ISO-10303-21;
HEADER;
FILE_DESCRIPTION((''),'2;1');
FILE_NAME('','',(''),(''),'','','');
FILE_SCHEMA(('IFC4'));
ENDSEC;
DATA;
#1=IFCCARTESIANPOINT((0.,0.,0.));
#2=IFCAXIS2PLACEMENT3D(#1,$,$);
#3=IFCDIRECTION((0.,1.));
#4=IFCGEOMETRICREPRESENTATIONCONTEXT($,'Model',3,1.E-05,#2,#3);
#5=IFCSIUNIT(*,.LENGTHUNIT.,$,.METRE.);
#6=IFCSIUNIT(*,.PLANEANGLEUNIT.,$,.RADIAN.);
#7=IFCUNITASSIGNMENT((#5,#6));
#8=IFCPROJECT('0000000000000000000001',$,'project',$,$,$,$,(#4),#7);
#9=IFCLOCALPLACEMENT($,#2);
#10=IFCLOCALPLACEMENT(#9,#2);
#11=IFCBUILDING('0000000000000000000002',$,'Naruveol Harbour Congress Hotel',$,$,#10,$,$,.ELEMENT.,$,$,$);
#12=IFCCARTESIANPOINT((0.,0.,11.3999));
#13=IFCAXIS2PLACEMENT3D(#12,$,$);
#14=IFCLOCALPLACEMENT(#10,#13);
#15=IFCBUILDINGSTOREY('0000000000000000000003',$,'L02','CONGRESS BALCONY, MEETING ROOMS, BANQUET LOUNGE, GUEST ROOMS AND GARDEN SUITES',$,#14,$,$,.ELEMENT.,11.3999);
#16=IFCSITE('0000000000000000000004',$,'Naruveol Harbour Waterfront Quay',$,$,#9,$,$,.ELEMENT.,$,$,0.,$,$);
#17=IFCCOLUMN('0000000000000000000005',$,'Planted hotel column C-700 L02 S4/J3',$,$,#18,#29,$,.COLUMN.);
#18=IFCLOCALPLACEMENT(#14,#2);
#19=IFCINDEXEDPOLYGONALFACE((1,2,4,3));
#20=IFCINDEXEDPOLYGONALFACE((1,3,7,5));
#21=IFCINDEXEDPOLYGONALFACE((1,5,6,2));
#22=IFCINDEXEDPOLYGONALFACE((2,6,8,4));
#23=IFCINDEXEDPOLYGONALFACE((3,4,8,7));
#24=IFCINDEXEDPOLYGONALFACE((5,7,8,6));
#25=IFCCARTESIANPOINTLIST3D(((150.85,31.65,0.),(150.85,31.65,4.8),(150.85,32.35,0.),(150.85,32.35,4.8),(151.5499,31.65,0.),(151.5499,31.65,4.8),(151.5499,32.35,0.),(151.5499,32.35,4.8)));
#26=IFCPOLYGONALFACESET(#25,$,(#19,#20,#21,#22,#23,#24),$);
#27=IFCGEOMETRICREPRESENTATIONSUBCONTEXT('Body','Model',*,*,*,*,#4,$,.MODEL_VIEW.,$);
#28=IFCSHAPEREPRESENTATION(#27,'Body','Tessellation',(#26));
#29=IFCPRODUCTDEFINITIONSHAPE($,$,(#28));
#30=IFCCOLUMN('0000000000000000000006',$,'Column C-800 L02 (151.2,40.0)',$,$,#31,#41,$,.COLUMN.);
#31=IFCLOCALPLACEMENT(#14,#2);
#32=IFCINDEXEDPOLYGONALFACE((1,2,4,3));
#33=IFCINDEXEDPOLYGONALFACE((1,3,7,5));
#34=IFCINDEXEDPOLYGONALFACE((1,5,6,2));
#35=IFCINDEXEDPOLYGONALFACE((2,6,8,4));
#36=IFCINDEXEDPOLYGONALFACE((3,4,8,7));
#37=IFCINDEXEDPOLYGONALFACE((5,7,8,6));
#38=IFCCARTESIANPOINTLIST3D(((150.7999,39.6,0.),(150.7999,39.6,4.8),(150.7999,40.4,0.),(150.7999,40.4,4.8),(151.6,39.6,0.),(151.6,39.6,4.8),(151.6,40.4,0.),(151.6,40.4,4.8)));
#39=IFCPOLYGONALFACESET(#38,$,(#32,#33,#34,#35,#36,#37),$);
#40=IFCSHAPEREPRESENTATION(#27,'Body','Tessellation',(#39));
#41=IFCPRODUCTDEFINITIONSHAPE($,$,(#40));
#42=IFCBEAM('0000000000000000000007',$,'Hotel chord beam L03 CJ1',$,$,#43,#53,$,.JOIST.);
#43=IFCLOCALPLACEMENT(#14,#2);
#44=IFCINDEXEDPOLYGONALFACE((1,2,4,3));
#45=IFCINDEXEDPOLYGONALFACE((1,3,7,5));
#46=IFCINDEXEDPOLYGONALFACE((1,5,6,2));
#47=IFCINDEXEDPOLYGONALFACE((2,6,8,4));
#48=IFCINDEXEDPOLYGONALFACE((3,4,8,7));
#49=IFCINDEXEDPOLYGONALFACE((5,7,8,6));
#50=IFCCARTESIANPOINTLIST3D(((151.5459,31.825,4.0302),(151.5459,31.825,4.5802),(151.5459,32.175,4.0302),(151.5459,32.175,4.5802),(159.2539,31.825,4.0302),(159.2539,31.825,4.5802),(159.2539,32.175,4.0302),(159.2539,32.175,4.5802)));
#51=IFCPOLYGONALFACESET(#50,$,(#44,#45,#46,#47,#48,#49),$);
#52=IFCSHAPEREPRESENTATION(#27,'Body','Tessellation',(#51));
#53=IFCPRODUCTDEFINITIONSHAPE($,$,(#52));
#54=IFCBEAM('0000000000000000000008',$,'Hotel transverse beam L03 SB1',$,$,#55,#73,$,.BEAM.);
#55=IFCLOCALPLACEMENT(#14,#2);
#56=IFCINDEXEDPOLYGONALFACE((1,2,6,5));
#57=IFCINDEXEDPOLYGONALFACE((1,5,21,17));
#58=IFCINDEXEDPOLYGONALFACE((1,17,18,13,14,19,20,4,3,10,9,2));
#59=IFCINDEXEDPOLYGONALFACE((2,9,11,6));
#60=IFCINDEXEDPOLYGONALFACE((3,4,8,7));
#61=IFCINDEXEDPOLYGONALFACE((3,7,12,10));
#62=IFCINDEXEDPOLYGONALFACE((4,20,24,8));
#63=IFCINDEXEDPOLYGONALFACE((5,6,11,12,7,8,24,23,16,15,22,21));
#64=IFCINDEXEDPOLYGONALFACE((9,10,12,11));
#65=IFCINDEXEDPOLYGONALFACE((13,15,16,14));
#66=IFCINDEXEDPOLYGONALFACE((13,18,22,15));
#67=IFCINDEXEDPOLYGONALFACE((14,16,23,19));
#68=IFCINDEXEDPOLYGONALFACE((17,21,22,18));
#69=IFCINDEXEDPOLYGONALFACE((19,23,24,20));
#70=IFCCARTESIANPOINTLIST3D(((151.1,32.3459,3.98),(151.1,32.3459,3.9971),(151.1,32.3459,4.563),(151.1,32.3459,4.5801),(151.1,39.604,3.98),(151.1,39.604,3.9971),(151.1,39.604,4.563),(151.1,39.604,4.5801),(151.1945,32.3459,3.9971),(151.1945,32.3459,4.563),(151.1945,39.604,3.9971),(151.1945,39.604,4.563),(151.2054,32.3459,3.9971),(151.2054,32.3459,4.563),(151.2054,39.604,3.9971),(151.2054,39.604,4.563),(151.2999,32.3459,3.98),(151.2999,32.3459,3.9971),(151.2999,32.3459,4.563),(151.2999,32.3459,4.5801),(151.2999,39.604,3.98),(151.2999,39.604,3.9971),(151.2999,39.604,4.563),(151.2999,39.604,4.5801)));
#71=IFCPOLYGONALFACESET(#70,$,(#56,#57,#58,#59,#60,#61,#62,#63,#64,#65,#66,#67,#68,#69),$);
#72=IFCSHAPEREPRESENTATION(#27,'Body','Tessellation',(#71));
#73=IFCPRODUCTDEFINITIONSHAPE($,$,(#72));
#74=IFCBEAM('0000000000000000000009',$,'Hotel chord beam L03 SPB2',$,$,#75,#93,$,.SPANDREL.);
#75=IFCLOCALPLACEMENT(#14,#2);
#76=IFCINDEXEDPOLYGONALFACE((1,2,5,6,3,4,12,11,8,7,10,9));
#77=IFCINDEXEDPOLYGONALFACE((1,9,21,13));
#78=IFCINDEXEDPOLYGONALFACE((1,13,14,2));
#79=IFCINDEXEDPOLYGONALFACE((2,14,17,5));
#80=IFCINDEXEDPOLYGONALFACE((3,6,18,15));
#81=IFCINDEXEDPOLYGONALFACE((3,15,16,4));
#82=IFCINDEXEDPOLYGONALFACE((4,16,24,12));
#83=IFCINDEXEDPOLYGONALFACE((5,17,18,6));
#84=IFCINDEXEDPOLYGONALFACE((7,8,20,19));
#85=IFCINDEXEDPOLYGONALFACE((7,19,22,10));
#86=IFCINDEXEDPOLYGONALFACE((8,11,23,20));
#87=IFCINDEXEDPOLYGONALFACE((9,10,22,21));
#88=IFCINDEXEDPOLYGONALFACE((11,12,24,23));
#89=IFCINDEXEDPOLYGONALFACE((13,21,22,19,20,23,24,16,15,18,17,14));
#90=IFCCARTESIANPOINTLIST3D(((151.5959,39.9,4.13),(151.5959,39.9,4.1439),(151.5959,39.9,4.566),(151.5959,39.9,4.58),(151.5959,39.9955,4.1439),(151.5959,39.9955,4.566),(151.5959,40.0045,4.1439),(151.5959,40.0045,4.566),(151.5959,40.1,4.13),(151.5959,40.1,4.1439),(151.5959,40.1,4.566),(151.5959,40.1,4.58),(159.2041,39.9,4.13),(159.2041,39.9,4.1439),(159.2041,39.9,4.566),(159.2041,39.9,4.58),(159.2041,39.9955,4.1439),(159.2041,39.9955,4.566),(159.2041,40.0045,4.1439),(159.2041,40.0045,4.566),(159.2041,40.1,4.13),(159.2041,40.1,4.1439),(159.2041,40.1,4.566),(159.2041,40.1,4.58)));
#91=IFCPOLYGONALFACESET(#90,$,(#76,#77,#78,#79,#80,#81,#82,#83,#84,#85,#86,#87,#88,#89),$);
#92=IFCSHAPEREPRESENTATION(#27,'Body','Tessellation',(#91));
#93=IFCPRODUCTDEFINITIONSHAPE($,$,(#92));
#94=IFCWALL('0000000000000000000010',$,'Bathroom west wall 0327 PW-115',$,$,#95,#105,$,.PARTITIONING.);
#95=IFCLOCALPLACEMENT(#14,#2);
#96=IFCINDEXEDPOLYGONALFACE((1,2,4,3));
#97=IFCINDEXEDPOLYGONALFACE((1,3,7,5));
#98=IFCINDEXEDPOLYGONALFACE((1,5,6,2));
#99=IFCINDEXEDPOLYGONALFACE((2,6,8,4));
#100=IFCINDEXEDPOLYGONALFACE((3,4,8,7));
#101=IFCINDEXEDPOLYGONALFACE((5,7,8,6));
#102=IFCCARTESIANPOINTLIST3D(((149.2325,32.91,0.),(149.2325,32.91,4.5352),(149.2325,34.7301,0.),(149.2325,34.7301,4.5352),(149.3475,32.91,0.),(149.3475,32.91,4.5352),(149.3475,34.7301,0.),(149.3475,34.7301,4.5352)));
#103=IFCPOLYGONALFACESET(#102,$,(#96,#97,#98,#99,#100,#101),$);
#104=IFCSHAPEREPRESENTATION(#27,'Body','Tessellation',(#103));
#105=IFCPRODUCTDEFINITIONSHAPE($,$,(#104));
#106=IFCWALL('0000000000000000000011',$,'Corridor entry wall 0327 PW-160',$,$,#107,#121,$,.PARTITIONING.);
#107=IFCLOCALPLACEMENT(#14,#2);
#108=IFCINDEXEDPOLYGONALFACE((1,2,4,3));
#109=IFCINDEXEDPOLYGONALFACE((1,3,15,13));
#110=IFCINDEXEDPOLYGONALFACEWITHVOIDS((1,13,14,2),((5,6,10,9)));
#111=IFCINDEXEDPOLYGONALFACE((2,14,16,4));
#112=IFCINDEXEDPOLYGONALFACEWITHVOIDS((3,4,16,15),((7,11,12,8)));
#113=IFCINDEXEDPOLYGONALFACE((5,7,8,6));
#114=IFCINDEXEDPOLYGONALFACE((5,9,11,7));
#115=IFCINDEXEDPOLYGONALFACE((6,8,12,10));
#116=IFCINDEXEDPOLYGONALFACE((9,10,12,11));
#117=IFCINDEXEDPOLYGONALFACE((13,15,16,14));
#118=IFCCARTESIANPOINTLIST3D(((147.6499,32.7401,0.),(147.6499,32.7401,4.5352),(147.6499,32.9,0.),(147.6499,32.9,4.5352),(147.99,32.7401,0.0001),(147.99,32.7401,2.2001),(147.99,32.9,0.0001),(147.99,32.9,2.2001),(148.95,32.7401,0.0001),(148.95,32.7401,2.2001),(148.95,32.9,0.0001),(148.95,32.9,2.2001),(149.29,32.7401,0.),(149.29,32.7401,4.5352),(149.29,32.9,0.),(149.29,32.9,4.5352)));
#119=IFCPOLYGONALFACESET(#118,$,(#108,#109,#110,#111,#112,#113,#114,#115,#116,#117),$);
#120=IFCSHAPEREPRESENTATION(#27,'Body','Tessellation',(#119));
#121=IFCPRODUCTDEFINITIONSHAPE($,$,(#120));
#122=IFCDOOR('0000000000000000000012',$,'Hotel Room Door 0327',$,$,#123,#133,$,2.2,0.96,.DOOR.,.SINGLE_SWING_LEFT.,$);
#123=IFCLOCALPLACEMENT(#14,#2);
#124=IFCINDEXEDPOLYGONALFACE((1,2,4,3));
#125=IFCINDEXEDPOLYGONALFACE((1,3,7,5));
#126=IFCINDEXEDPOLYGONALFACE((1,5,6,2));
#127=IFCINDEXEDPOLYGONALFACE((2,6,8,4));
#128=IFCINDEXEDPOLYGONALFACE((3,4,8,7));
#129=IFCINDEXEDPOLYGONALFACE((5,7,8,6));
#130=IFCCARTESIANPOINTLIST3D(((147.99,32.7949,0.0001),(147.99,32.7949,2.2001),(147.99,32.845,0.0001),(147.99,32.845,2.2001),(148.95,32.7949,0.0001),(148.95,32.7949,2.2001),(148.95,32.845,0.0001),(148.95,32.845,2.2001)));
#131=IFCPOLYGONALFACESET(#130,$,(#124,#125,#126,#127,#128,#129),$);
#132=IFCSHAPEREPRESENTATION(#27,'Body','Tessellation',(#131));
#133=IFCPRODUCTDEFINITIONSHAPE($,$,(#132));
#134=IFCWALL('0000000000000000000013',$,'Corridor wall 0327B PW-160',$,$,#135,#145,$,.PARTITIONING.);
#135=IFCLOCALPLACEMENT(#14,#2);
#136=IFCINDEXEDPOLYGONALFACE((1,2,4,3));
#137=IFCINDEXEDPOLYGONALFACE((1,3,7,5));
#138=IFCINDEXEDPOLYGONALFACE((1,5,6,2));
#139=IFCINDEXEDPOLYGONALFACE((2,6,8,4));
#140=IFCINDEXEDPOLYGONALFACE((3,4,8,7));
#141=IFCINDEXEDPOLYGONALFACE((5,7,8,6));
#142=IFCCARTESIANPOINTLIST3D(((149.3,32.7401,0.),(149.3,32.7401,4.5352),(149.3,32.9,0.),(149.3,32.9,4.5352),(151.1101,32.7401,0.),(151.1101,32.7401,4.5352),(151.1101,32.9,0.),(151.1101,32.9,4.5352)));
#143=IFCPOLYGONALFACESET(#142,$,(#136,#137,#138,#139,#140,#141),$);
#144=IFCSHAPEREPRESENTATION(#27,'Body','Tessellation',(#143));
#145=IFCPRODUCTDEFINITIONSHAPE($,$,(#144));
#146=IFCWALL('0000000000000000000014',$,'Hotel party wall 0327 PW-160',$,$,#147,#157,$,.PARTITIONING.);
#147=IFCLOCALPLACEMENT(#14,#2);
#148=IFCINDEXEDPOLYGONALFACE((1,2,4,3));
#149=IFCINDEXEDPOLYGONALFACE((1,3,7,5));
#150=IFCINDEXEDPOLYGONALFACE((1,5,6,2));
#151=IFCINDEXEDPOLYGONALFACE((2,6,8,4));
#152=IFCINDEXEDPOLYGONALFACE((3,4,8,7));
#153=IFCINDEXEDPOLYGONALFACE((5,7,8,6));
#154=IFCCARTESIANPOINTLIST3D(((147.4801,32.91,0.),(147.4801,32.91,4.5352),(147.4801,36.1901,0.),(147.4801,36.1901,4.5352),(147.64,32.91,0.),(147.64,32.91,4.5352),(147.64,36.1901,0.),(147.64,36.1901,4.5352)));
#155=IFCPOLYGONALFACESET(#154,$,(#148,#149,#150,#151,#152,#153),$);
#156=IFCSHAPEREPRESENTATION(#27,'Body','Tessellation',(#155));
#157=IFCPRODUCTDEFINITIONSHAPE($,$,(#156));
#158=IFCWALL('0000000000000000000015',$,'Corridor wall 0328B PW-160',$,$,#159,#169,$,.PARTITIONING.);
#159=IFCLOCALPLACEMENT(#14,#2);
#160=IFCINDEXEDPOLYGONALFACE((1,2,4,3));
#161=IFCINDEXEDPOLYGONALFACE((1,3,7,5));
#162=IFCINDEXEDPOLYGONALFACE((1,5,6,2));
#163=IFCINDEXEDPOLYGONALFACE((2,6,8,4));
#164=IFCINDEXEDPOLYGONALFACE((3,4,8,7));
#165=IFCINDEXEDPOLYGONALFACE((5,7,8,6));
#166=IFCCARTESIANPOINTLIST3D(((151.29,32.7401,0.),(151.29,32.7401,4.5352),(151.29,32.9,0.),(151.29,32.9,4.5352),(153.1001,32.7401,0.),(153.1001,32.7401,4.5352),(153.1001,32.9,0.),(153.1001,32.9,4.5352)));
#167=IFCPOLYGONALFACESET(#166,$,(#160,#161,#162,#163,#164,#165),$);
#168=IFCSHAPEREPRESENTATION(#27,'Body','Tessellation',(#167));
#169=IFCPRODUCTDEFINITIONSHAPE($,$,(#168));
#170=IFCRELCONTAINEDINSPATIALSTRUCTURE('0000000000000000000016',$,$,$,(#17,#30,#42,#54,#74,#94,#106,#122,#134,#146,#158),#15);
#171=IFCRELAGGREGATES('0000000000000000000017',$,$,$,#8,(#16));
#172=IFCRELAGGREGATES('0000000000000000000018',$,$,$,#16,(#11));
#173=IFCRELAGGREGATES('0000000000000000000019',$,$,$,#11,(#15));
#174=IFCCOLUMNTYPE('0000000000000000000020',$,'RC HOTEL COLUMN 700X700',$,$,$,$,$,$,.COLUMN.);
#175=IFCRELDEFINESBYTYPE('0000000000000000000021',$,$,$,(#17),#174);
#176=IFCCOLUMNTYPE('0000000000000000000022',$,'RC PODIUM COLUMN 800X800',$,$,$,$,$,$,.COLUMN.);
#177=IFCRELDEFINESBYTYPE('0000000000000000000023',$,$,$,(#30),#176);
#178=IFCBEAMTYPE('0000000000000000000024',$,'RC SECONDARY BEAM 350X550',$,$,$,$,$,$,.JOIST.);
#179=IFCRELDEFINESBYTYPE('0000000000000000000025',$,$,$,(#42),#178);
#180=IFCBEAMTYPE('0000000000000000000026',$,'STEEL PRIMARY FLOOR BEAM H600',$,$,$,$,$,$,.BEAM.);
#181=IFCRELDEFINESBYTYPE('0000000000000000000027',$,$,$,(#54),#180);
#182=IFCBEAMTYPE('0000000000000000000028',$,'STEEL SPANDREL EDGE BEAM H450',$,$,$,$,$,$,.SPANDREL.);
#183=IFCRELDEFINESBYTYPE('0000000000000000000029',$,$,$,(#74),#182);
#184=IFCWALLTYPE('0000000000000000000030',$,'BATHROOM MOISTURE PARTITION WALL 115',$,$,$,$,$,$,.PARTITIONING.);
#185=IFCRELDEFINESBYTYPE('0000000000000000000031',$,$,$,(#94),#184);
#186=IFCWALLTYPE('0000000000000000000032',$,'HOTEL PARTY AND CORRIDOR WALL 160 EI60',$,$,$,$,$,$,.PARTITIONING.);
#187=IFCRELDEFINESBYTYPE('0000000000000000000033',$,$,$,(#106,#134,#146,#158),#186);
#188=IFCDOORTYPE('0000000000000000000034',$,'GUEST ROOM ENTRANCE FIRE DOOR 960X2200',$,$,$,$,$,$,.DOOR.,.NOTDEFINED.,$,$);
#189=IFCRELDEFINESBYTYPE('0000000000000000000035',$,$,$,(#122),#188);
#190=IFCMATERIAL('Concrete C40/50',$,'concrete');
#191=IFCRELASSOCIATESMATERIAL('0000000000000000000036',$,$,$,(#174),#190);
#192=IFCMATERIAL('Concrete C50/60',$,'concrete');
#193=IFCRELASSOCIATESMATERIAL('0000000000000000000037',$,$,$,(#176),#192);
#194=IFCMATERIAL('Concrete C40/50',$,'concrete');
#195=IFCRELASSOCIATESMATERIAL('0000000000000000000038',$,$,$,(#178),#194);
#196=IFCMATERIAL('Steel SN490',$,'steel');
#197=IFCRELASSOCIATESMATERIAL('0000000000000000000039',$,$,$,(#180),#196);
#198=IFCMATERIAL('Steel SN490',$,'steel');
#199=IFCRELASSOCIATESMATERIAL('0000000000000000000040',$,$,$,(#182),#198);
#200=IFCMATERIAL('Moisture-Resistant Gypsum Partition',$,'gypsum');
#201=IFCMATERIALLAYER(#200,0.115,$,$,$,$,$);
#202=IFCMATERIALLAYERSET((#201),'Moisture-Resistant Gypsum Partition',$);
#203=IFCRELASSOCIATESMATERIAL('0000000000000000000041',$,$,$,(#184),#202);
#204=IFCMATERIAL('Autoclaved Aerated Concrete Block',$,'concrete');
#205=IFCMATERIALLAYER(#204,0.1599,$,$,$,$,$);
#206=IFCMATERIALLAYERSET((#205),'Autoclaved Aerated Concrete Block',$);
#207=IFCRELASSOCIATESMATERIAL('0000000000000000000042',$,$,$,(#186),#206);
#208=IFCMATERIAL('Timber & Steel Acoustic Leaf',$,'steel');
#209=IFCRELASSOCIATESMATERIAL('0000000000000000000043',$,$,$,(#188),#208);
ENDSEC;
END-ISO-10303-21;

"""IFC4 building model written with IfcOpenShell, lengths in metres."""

from ifc_helpers import new_model, si_unit, direction, frame, frame_2d, origin, origin_2d, place, context, subcontext, project, spatial, rectangle, i_section, extrude, material, layer, layer_set, material_profile, profile_set, type_object, element, fill, save


model = new_model("IFC4")

# Units and contexts
model_context = context("Model", 3, precision=1e-05, world=origin(), true_north=direction((0.0, 1.0)))
body_context = subcontext(model_context, "Body", "Model", "MODEL_VIEW")
ifc_project = project(units=[si_unit("LENGTHUNIT", "METRE"), si_unit("PLANEANGLEUNIT", "RADIAN")], contexts=[model_context])

# Site, building, storey
site_placement = place(None, origin())
site = spatial("IfcSite", under=ifc_project, at=site_placement, Name="Naruveol Harbour Waterfront Quay", CompositionType="ELEMENT", RefElevation=0.0)
building_placement = place(site_placement, origin())
building = spatial("IfcBuilding", under=site, at=building_placement, Name="Naruveol Harbour Congress Hotel", CompositionType="ELEMENT")
storey_placement = place(building_placement, frame((0.0, 0.0, 11.3999)))
storey = spatial("IfcBuildingStorey", under=building, at=storey_placement, Name="L02", Description="CONGRESS BALCONY, MEETING ROOMS, BANQUET LOUNGE, GUEST ROOMS AND GARDEN SUITES", CompositionType="ELEMENT", Elevation=11.3999)

# Columns
ifc_material_1 = material(Name="Concrete C40/50", Category="concrete")
ifc_material_profile_1 = material_profile(ifc_material_1, rectangle(XDim=0.7, YDim=0.7, at=origin_2d()), Name="RC-700x700")
ifc_profile_set_1 = profile_set([ifc_material_profile_1], Name="Concrete C40/50")
column_type_1 = type_object("IfcColumnType", Name="RC HOTEL COLUMN 700X700", PredefinedType="COLUMN", material=ifc_profile_set_1)
column_1_placement = place(storey_placement, frame((151.2, 32.0, 0.0), z_axis=(0.0, 0.0, 1.0), x_axis=(1.0, 0.0, 0.0)))
element("IfcColumn", 1, at=column_1_placement, inside=storey, type_object=column_type_1, Name="Planted hotel column C-700 L02 S4/J3", PredefinedType="COLUMN", context=body_context, shape_type="SweptSolid", body=[
    extrude(rectangle(XDim=0.7, YDim=0.7, at=origin_2d()), origin(), (0.0, 0.0, 1.0), 4.8),
])
ifc_material_2 = material(Name="Concrete C50/60", Category="concrete")
ifc_material_profile_2 = material_profile(ifc_material_2, rectangle(XDim=0.8, YDim=0.8, at=origin_2d()), Name="RC-800x800")
ifc_profile_set_2 = profile_set([ifc_material_profile_2], Name="Concrete C50/60")
column_type_2 = type_object("IfcColumnType", Name="RC PODIUM COLUMN 800X800", PredefinedType="COLUMN", material=ifc_profile_set_2)
column_2_placement = place(storey_placement, frame((151.2, 40.0, 0.0), z_axis=(0.0, 0.0, 1.0), x_axis=(1.0, 0.0, 0.0)))
element("IfcColumn", 2, at=column_2_placement, inside=storey, type_object=column_type_2, Name="Column C-800 L02 (151.2,40.0)", PredefinedType="COLUMN", context=body_context, shape_type="SweptSolid", body=[
    extrude(rectangle(XDim=0.8, YDim=0.8, at=origin_2d()), origin(), (0.0, 0.0, 1.0), 4.8),
])

# Beams
ifc_material_3 = material(Name="Concrete C40/50", Category="concrete")
ifc_material_profile_3 = material_profile(ifc_material_3, rectangle(XDim=0.3501, YDim=0.55, at=origin_2d()), Name="RCB-350x550")
ifc_profile_set_3 = profile_set([ifc_material_profile_3], Name="Concrete C40/50")
beam_type_1 = type_object("IfcBeamType", Name="RC SECONDARY BEAM 350X550", PredefinedType="JOIST", material=ifc_profile_set_3)
beam_1_placement = place(storey_placement, frame((151.5459, 32.0, 4.3052), z_axis=(1.0, 0.0, 0.0), x_axis=(0.0, 1.0, 0.0)))
element("IfcBeam", 3, at=beam_1_placement, inside=storey, type_object=beam_type_1, Name="Hotel chord beam L03 CJ1", PredefinedType="JOIST", context=body_context, shape_type="SweptSolid", body=[
    extrude(rectangle(XDim=0.3501, YDim=0.55, at=origin_2d()), origin(), (0.0, 0.0, 1.0), 7.708),
])
ifc_material_4 = material(Name="Steel SN490", Category="steel")
ifc_material_profile_4 = material_profile(ifc_material_4, i_section(OverallWidth=0.2, OverallDepth=0.6001, WebThickness=0.011, FlangeThickness=0.0171, at=origin_2d()), Name="H-600x200x11x17")
ifc_profile_set_4 = profile_set([ifc_material_profile_4], Name="Steel SN490")
beam_type_2 = type_object("IfcBeamType", Name="STEEL PRIMARY FLOOR BEAM H600", PredefinedType="BEAM", material=ifc_profile_set_4)
beam_2_placement = place(storey_placement, frame((151.2, 32.3459, 4.28), z_axis=(0.0, 1.0, 0.0), x_axis=(-1.0, 0.0, 0.0)))
element("IfcBeam", 4, at=beam_2_placement, inside=storey, type_object=beam_type_2, Name="Hotel transverse beam L03 SB1", PredefinedType="BEAM", context=body_context, shape_type="SweptSolid", body=[
    extrude(i_section(OverallWidth=0.2, OverallDepth=0.6001, WebThickness=0.011, FlangeThickness=0.0171, at=origin_2d()), origin(), (0.0, 0.0, 1.0), 7.2581),
])
ifc_material_5 = material(Name="Steel SN490", Category="steel")
ifc_material_profile_5 = material_profile(ifc_material_5, i_section(OverallWidth=0.2, OverallDepth=0.45, WebThickness=0.009, FlangeThickness=0.0139, at=origin_2d()), Name="H-450x200x9x14")
ifc_profile_set_5 = profile_set([ifc_material_profile_5], Name="Steel SN490")
beam_type_3 = type_object("IfcBeamType", Name="STEEL SPANDREL EDGE BEAM H450", PredefinedType="SPANDREL", material=ifc_profile_set_5)
beam_3_placement = place(storey_placement, frame((151.5959, 40.0, 4.355), z_axis=(1.0, 0.0, 0.0), x_axis=(0.0, 1.0, 0.0)))
element("IfcBeam", 5, at=beam_3_placement, inside=storey, type_object=beam_type_3, Name="Hotel chord beam L03 SPB2", PredefinedType="SPANDREL", context=body_context, shape_type="SweptSolid", body=[
    extrude(i_section(OverallWidth=0.2, OverallDepth=0.45, WebThickness=0.009, FlangeThickness=0.0139, at=origin_2d()), origin(), (0.0, 0.0, 1.0), 7.6082),
])

# Wall
ifc_material_6 = material(Name="Moisture-Resistant Gypsum Partition", Category="gypsum")
ifc_layer_1 = layer(ifc_material_6, 0.115)
ifc_layer_set_1 = layer_set([ifc_layer_1], Name="Moisture-Resistant Gypsum Partition")
wall_type_1 = type_object("IfcWallType", Name="BATHROOM MOISTURE PARTITION WALL 115", PredefinedType="PARTITIONING", material=ifc_layer_set_1)
wall_1_placement = place(storey_placement, frame((149.29, 32.9099, 0.0), z_axis=(0.0, 0.0, 1.0), x_axis=(0.0, 1.0, 0.0)))
element("IfcWall", 6, at=wall_1_placement, inside=storey, type_object=wall_type_1, Name="Bathroom west wall 0327 PW-115", PredefinedType="PARTITIONING", context=body_context, shape_type="SweptSolid", body=[
    extrude(rectangle(XDim=1.8201, YDim=0.115, at=frame_2d((0.9102, 0.0))), origin(), (0.0, 0.0, 1.0), 4.5352),
])

# Wall, opening, door
ifc_material_7 = material(Name="Autoclaved Aerated Concrete Block", Category="concrete")
ifc_layer_2 = layer(ifc_material_7, 0.1599)
ifc_layer_set_2 = layer_set([ifc_layer_2], Name="Autoclaved Aerated Concrete Block")
wall_type_2 = type_object("IfcWallType", Name="HOTEL PARTY AND CORRIDOR WALL 160 EI60", PredefinedType="PARTITIONING", material=ifc_layer_set_2)
wall_2_placement = place(storey_placement, frame((147.6499, 32.8201, 0.0), z_axis=(0.0, 0.0, 1.0), x_axis=(1.0, 0.0, 0.0)))
wall_2 = element("IfcWall", 7, at=wall_2_placement, inside=storey, type_object=wall_type_2, Name="Corridor entry wall 0327 PW-160", PredefinedType="PARTITIONING", context=body_context, shape_type="SweptSolid", body=[
    extrude(rectangle(XDim=1.6401, YDim=0.1599, at=frame_2d((0.8201, 0.0))), origin(), (0.0, 0.0, 1.0), 4.5352),
])
opening_1_placement = place(wall_2_placement, frame((0.3401, 0.0, 0.0)))
opening_1 = element("IfcOpeningElement", 8, at=opening_1_placement, cuts=wall_2, PredefinedType="OPENING", context=body_context, shape_type="SweptSolid", body=[
    extrude(rectangle(XDim=0.96, YDim=2.2, at=frame_2d((0.48, 1.1001))), frame((0.0, 0.0898, 0.0), z_axis=(0.0, -1.0, 0.0), x_axis=(1.0, 0.0, 0.0)), (0.0, 0.0, 1.0), 0.1799),
])
ifc_material_8 = material(Name="Timber & Steel Acoustic Leaf", Category="steel")
door_type_1 = type_object("IfcDoorType", Name="GUEST ROOM ENTRANCE FIRE DOOR 960X2200", OperationType="NOTDEFINED", PredefinedType="DOOR", material=ifc_material_8)
door_1_placement = place(opening_1_placement, origin())
door_1 = element("IfcDoor", 9, at=door_1_placement, inside=storey, type_object=door_type_1, Name="Hotel Room Door 0327", OperationType="SINGLE_SWING_LEFT", OverallHeight=2.2, OverallWidth=0.96, PredefinedType="DOOR", context=body_context, shape_type="SweptSolid", body=[
    extrude(rectangle(XDim=0.96, YDim=2.2, at=frame_2d((0.48, 1.1001))), frame((0.0, 0.0249, 0.0), z_axis=(0.0, -1.0, 0.0), x_axis=(1.0, 0.0, 0.0)), (0.0, 0.0, 1.0), 0.05),
])
fill(opening_1, door_1)

# Walls
wall_3_placement = place(storey_placement, frame((149.3, 32.8201, 0.0), z_axis=(0.0, 0.0, 1.0), x_axis=(1.0, 0.0, 0.0)))
element("IfcWall", 10, at=wall_3_placement, inside=storey, type_object=wall_type_2, Name="Corridor wall 0327B PW-160", PredefinedType="PARTITIONING", context=body_context, shape_type="SweptSolid", body=[
    extrude(rectangle(XDim=1.8101, YDim=0.1599, at=frame_2d((0.905, 0.0))), origin(), (0.0, 0.0, 1.0), 4.5352),
])
wall_4_placement = place(storey_placement, frame((147.5601, 32.9099, 0.0), z_axis=(0.0, 0.0, 1.0), x_axis=(0.0, 1.0, 0.0)))
element("IfcWall", 11, at=wall_4_placement, inside=storey, type_object=wall_type_2, Name="Hotel party wall 0327 PW-160", PredefinedType="PARTITIONING", context=body_context, shape_type="SweptSolid", body=[
    extrude(rectangle(XDim=3.28, YDim=0.1599, at=frame_2d((1.6401, 0.0))), origin(), (0.0, 0.0, 1.0), 4.5352),
])
wall_5_placement = place(storey_placement, frame((151.29, 32.8201, 0.0), z_axis=(0.0, 0.0, 1.0), x_axis=(1.0, 0.0, 0.0)))
element("IfcWall", 12, at=wall_5_placement, inside=storey, type_object=wall_type_2, Name="Corridor wall 0328B PW-160", PredefinedType="PARTITIONING", context=body_context, shape_type="SweptSolid", body=[
    extrude(rectangle(XDim=1.8101, YDim=0.1599, at=frame_2d((0.905, 0.0))), origin(), (0.0, 0.0, 1.0), 4.5352),
])

save(model, "model.ifc")
